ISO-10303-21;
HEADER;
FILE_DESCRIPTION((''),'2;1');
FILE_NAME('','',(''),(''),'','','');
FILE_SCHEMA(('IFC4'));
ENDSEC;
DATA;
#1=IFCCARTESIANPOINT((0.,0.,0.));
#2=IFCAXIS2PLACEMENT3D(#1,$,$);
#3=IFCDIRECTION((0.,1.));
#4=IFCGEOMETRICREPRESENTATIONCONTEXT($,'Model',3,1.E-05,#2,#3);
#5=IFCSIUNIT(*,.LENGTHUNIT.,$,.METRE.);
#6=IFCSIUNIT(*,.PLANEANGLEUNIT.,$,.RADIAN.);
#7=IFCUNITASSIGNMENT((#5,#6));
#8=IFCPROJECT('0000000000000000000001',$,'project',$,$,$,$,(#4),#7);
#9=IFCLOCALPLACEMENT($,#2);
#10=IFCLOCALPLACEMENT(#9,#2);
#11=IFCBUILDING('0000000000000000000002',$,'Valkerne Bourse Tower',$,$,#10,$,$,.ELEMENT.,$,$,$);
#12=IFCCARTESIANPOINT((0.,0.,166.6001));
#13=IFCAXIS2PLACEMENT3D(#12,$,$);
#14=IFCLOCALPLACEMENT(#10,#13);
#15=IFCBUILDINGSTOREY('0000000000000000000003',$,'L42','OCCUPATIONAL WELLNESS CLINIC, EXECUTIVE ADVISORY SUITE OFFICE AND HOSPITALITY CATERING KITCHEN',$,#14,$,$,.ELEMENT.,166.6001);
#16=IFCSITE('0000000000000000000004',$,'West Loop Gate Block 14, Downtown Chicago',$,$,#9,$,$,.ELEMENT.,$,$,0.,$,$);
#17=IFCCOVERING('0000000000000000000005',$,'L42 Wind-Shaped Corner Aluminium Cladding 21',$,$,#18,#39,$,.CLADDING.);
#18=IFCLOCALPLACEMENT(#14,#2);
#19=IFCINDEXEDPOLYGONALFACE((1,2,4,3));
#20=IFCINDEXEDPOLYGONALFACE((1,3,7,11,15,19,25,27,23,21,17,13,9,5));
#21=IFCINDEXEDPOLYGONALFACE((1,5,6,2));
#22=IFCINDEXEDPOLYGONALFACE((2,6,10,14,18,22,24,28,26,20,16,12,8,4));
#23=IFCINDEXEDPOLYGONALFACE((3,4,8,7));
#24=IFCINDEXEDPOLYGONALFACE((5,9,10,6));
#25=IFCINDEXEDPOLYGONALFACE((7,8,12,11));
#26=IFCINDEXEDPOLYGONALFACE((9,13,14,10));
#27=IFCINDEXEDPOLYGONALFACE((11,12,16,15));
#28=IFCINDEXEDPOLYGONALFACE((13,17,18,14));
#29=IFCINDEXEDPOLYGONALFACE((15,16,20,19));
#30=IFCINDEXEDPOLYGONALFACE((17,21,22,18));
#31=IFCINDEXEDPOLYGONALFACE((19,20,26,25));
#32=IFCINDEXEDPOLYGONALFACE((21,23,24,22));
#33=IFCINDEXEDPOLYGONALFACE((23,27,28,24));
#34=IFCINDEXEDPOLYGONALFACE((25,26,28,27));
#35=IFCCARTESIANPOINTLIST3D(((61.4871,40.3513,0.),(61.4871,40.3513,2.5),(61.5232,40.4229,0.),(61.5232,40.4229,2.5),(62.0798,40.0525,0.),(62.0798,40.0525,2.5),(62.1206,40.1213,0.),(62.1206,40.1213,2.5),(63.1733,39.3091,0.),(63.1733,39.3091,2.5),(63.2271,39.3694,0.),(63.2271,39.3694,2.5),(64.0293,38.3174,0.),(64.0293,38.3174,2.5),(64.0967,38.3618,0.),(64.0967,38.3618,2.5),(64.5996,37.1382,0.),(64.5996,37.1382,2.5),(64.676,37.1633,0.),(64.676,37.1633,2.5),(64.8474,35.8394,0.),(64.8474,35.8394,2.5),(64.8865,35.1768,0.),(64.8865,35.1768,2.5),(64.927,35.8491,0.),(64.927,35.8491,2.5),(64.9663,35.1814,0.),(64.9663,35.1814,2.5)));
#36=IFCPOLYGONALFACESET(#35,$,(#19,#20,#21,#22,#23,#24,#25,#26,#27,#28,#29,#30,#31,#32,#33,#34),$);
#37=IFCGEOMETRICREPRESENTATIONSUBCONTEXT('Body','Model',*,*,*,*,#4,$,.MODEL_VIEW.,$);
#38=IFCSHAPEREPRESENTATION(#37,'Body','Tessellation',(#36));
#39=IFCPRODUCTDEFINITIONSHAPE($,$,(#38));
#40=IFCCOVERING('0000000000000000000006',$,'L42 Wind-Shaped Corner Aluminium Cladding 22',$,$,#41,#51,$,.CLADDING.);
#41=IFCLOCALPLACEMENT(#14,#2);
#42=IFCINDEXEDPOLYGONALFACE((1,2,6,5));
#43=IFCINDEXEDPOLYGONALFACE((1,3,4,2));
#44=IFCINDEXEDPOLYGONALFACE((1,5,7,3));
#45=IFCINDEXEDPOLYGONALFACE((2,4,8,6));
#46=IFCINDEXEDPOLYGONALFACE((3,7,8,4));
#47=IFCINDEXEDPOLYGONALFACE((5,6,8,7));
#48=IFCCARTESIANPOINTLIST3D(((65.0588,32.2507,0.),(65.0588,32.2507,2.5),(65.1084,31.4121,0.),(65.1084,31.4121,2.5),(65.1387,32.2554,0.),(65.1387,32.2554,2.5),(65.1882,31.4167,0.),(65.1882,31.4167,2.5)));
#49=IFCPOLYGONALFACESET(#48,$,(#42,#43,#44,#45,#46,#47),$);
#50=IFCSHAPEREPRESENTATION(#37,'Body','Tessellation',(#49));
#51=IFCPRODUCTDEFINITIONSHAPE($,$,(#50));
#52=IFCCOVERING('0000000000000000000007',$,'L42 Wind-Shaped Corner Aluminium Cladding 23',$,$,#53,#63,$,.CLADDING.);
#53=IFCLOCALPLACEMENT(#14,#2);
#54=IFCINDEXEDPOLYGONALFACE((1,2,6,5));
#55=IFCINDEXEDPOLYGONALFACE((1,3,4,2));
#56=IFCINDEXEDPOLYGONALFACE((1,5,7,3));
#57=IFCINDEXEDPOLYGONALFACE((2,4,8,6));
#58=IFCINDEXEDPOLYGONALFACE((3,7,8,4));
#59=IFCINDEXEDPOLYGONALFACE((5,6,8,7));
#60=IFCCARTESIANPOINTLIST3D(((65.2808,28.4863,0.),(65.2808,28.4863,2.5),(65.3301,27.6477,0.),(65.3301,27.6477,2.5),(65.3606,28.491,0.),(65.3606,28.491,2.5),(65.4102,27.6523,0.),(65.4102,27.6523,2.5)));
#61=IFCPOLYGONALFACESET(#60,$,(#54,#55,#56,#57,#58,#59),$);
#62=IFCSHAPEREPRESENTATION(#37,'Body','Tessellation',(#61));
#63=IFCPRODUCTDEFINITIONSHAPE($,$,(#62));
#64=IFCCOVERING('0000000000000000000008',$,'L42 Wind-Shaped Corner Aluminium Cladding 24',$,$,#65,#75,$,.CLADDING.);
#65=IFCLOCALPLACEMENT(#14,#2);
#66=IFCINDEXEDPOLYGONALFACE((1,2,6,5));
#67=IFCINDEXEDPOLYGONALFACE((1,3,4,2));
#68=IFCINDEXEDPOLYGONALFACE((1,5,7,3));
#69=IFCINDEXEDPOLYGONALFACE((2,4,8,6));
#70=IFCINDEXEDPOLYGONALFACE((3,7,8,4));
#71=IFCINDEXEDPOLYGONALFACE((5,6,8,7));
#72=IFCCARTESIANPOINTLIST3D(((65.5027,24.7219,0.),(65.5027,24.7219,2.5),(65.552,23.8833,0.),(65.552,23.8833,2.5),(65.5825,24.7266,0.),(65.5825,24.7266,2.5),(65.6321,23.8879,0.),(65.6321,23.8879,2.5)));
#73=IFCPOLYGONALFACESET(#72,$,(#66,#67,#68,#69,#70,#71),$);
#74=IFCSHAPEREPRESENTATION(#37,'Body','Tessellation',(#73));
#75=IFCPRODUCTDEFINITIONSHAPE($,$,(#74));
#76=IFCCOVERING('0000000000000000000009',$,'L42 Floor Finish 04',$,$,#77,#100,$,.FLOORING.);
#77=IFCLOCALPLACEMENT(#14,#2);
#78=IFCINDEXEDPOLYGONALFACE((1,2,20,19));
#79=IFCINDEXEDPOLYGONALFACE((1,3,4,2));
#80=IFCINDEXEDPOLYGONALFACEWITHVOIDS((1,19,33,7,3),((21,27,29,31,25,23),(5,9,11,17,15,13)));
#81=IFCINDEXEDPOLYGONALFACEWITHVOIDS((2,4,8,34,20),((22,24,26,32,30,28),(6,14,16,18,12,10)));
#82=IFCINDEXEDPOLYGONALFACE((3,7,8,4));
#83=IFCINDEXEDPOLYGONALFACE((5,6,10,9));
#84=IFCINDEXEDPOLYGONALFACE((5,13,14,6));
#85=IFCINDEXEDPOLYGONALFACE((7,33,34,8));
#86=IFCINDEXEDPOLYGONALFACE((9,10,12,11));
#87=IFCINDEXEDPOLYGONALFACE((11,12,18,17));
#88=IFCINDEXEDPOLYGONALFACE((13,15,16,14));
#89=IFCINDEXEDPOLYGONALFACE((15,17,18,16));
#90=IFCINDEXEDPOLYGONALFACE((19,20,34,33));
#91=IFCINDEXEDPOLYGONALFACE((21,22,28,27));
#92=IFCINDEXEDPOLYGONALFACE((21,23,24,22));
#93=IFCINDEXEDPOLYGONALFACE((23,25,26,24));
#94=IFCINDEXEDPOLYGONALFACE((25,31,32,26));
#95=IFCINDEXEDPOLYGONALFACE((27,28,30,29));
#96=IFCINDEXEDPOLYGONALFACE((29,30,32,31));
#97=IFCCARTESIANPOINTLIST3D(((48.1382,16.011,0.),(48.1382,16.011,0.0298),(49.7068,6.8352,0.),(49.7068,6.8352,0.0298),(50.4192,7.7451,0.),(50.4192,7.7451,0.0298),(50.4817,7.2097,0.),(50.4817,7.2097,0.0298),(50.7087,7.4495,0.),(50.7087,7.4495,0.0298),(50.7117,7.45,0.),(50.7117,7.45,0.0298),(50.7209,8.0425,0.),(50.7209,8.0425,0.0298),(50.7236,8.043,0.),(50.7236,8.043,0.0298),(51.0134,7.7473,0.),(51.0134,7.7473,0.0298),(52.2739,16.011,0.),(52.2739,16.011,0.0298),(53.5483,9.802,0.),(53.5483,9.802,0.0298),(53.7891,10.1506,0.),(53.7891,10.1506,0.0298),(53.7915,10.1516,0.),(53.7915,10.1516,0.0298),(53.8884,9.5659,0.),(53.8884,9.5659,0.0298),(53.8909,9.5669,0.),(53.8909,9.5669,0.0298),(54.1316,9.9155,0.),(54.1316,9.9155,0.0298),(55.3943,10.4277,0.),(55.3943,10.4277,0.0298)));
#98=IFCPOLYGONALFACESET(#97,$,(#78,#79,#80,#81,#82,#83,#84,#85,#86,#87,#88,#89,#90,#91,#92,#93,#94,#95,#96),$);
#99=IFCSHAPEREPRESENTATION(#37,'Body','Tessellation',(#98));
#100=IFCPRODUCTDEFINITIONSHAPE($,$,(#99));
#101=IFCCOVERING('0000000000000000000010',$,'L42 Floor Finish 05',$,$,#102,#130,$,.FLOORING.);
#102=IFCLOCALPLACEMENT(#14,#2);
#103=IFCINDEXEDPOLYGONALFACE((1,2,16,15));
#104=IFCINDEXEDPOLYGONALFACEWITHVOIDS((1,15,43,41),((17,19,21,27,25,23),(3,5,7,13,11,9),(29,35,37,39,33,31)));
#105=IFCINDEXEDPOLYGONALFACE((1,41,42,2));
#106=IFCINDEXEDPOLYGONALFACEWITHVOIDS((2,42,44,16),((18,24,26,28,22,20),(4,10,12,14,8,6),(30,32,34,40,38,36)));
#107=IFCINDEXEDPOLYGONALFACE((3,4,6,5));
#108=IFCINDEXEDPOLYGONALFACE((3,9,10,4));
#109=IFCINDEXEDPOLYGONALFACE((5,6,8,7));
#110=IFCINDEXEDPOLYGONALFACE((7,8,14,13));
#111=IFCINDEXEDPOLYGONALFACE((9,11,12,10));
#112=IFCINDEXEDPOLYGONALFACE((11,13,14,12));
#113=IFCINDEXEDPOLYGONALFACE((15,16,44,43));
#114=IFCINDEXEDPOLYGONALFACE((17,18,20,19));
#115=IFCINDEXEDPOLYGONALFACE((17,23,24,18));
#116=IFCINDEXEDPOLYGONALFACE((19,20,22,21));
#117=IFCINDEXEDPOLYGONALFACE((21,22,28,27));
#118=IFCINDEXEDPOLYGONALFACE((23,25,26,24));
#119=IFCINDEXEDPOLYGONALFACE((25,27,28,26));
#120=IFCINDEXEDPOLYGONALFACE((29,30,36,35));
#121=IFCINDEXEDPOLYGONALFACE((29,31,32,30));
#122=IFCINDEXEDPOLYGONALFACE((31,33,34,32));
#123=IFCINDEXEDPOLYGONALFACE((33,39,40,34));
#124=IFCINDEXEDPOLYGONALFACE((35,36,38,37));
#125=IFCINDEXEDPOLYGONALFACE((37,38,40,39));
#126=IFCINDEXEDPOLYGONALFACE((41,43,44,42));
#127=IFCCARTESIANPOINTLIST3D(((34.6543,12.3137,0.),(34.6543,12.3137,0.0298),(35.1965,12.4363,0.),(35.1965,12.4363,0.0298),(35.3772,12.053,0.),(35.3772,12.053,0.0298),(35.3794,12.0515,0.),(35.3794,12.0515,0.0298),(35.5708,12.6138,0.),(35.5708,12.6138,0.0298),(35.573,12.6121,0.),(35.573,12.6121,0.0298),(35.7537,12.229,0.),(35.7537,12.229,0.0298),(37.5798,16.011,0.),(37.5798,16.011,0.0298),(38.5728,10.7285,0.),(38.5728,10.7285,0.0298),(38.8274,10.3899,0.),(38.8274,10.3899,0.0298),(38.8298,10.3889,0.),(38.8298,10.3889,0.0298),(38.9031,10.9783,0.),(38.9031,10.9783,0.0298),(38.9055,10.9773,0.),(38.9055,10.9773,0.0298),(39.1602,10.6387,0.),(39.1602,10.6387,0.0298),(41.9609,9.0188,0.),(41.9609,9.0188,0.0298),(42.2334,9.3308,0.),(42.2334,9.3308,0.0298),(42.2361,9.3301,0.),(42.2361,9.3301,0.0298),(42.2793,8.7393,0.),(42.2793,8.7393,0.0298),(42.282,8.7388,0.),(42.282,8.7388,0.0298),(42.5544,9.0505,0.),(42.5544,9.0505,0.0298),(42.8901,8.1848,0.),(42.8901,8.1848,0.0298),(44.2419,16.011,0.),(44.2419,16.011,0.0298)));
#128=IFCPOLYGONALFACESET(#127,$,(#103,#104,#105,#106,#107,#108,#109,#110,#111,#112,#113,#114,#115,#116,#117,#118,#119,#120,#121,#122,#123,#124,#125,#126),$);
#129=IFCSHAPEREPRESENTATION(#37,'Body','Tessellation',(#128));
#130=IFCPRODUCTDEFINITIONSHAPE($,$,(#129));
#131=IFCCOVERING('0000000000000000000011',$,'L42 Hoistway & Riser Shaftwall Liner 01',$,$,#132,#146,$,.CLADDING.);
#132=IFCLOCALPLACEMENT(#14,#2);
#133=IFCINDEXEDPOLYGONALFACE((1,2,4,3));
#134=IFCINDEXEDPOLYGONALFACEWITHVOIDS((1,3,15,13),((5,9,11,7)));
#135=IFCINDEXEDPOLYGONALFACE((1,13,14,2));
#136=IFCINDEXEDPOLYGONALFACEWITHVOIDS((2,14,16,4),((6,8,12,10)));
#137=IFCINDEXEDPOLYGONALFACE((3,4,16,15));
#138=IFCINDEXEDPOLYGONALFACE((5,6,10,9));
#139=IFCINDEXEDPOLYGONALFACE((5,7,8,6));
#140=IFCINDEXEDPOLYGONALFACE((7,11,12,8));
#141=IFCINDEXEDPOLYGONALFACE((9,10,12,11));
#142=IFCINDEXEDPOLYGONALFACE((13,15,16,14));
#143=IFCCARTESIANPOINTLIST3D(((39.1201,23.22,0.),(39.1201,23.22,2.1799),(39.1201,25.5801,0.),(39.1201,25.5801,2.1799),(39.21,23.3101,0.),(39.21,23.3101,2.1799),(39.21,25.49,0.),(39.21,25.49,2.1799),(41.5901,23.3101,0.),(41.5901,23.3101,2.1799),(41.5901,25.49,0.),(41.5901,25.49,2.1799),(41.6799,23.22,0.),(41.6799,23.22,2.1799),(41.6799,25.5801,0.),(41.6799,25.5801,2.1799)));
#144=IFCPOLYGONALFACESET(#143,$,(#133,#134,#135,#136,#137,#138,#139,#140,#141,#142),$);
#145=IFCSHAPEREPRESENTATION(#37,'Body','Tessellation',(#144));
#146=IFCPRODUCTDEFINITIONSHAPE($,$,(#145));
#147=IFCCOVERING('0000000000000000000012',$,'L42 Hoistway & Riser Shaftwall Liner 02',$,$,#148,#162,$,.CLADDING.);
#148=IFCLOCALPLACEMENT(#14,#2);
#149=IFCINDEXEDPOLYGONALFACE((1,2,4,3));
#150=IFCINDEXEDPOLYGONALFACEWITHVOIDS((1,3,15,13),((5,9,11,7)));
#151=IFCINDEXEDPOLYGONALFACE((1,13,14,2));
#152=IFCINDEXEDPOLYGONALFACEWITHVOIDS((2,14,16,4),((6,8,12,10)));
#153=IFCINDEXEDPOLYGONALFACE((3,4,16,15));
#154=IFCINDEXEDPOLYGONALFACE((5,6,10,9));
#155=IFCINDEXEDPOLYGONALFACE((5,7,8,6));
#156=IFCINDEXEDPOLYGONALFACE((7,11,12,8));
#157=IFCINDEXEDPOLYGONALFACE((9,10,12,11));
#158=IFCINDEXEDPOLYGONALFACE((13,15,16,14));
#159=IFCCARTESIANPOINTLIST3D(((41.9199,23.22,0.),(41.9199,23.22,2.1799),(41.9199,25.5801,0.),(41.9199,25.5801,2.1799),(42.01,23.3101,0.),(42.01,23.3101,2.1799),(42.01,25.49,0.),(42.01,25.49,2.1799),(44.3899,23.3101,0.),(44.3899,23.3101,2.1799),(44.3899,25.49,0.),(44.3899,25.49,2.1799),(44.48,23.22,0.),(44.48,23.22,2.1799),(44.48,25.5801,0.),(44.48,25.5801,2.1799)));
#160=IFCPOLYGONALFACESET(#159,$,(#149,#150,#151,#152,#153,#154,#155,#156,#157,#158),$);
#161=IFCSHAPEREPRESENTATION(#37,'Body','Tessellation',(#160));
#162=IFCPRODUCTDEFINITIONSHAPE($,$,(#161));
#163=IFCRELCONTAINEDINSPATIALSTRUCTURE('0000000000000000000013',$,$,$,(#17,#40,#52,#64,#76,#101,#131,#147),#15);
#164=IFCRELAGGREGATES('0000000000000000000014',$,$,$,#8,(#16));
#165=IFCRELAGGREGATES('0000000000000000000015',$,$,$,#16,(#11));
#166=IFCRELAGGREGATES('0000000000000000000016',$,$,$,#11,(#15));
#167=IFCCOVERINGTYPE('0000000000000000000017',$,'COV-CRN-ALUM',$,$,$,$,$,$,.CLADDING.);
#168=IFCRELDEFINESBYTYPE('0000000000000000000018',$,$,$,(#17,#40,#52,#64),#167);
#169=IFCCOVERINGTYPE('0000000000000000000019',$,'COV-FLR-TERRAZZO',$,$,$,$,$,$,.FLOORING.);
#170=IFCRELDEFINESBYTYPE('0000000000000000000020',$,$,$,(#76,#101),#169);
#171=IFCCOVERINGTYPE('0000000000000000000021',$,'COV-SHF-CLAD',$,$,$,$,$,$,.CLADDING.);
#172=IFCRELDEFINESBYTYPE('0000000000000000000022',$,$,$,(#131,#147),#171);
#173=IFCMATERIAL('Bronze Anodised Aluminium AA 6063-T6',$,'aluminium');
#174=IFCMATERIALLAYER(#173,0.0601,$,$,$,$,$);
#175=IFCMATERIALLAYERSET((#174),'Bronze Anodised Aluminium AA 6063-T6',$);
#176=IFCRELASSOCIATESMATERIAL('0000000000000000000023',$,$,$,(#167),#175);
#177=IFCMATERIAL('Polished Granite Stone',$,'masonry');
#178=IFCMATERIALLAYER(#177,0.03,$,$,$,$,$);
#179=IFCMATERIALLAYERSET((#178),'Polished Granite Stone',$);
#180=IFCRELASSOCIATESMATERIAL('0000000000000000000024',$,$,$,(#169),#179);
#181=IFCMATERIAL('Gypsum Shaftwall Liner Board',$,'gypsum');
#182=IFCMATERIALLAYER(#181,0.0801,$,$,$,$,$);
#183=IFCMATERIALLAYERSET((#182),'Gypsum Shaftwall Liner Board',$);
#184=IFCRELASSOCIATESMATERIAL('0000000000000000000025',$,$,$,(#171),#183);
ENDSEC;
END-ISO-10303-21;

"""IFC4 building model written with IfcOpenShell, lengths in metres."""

from ifc_helpers import new_model, si_unit, direction, frame, origin, place, context, subcontext, project, spatial, polyline, outline, extrude, material, layer, layer_set, type_object, element, save


model = new_model("IFC4")

# Units and contexts
model_context = context("Model", 3, precision=1e-05, world=origin(), true_north=direction((0.0, 1.0)))
body_context = subcontext(model_context, "Body", "Model", "MODEL_VIEW")
ifc_project = project(units=[si_unit("LENGTHUNIT", "METRE"), si_unit("PLANEANGLEUNIT", "RADIAN")], contexts=[model_context])

# Site, building, storey
site_placement = place(None, origin())
site = spatial("IfcSite", under=ifc_project, at=site_placement, Name="West Loop Gate Block 14, Downtown Chicago", CompositionType="ELEMENT", RefElevation=0.0)
building_placement = place(site_placement, origin())
building = spatial("IfcBuilding", under=site, at=building_placement, Name="Valkerne Bourse Tower", CompositionType="ELEMENT")
storey_placement = place(building_placement, frame((0.0, 0.0, 166.6001)))
storey = spatial("IfcBuildingStorey", under=building, at=storey_placement, Name="L42", Description="OCCUPATIONAL WELLNESS CLINIC, EXECUTIVE ADVISORY SUITE OFFICE AND HOSPITALITY CATERING KITCHEN", CompositionType="ELEMENT", Elevation=166.6001)

# Coverings
ifc_material_1 = material(Name="Bronze Anodised Aluminium AA 6063-T6", Category="aluminium")
ifc_layer_1 = layer(ifc_material_1, 0.0601)
ifc_layer_set_1 = layer_set([ifc_layer_1], Name="Bronze Anodised Aluminium AA 6063-T6")
covering_type_1 = type_object("IfcCoveringType", Name="COV-CRN-ALUM", PredefinedType="CLADDING", material=ifc_layer_set_1)
covering_1_placement = place(storey_placement, origin())
element("IfcCovering", 1, at=covering_1_placement, inside=storey, type_object=covering_type_1, Name="L42 Wind-Shaped Corner Aluminium Cladding 21", PredefinedType="CLADDING", context=body_context, shape_type="SweptSolid", body=[
    extrude(outline(polyline([(62.1206, 40.1213), (63.2271, 39.3694), (64.0967, 38.3618), (64.676, 37.1633), (64.927, 35.8491), (64.9663, 35.1814), (64.8865, 35.1768), (64.8474, 35.8394), (64.5996, 37.1382), (64.0293, 38.3174), (63.1733, 39.3091), (62.0798, 40.0525), (61.4871, 40.3513), (61.5232, 40.4229), (62.1206, 40.1213)])), origin(), (0.0, 0.0, 1.0), 2.5),
])
covering_2_placement = place(storey_placement, origin())
element("IfcCovering", 2, at=covering_2_placement, inside=storey, type_object=covering_type_1, Name="L42 Wind-Shaped Corner Aluminium Cladding 22", PredefinedType="CLADDING", context=body_context, shape_type="SweptSolid", body=[
    extrude(outline(polyline([(65.1882, 31.4167), (65.1084, 31.4121), (65.0588, 32.2507), (65.1387, 32.2554), (65.1882, 31.4167)])), origin(), (0.0, 0.0, 1.0), 2.5),
])
covering_3_placement = place(storey_placement, origin())
element("IfcCovering", 3, at=covering_3_placement, inside=storey, type_object=covering_type_1, Name="L42 Wind-Shaped Corner Aluminium Cladding 23", PredefinedType="CLADDING", context=body_context, shape_type="SweptSolid", body=[
    extrude(outline(polyline([(65.4102, 27.6523), (65.3301, 27.6477), (65.2808, 28.4863), (65.3606, 28.491), (65.4102, 27.6523)])), origin(), (0.0, 0.0, 1.0), 2.5),
])
covering_4_placement = place(storey_placement, origin())
element("IfcCovering", 4, at=covering_4_placement, inside=storey, type_object=covering_type_1, Name="L42 Wind-Shaped Corner Aluminium Cladding 24", PredefinedType="CLADDING", context=body_context, shape_type="SweptSolid", body=[
    extrude(outline(polyline([(65.6321, 23.8879), (65.552, 23.8833), (65.5027, 24.7219), (65.5825, 24.7266), (65.6321, 23.8879)])), origin(), (0.0, 0.0, 1.0), 2.5),
])
ifc_material_2 = material(Name="Polished Granite Stone", Category="masonry")
ifc_layer_2 = layer(ifc_material_2, 0.03)
ifc_layer_set_2 = layer_set([ifc_layer_2], Name="Polished Granite Stone")
covering_type_2 = type_object("IfcCoveringType", Name="COV-FLR-TERRAZZO", PredefinedType="FLOORING", material=ifc_layer_set_2)
covering_5_placement = place(storey_placement, origin())
element("IfcCovering", 5, at=covering_5_placement, inside=storey, type_object=covering_type_2, Name="L42 Floor Finish 04", PredefinedType="FLOORING", context=body_context, shape_type="SweptSolid", body=[
    extrude(outline(polyline([(48.1382, 16.011), (52.2739, 16.011), (55.3943, 10.4277), (50.4817, 7.2097), (49.7068, 6.8352), (48.1382, 16.011)]), holes=[polyline([(51.0134, 7.7473), (50.7236, 8.043), (50.7209, 8.0425), (50.4192, 7.7451), (50.7087, 7.4495), (50.7117, 7.45), (51.0134, 7.7473)]), polyline([(54.1316, 9.9155), (53.7915, 10.1516), (53.7891, 10.1506), (53.5483, 9.802), (53.8884, 9.5659), (53.8909, 9.5669), (54.1316, 9.9155)])]), origin(), (0.0, 0.0, 1.0), 0.0298),
])
covering_6_placement = place(storey_placement, origin())
element("IfcCovering", 6, at=covering_6_placement, inside=storey, type_object=covering_type_2, Name="L42 Floor Finish 05", PredefinedType="FLOORING", context=body_context, shape_type="SweptSolid", body=[
    extrude(outline(polyline([(44.2419, 16.011), (42.8901, 8.1848), (34.6543, 12.3137), (37.5798, 16.011), (44.2419, 16.011)]), holes=[polyline([(35.573, 12.6121), (35.5708, 12.6138), (35.1965, 12.4363), (35.3772, 12.053), (35.3794, 12.0515), (35.7537, 12.229), (35.573, 12.6121)]), polyline([(42.2361, 9.3301), (42.2334, 9.3308), (41.9609, 9.0188), (42.2793, 8.7393), (42.282, 8.7388), (42.5544, 9.0505), (42.2361, 9.3301)]), polyline([(39.1602, 10.6387), (38.9055, 10.9773), (38.9031, 10.9783), (38.5728, 10.7285), (38.8274, 10.3899), (38.8298, 10.3889), (39.1602, 10.6387)])]), origin(), (0.0, 0.0, 1.0), 0.0298),
])
ifc_material_3 = material(Name="Gypsum Shaftwall Liner Board", Category="gypsum")
ifc_layer_3 = layer(ifc_material_3, 0.0801)
ifc_layer_set_3 = layer_set([ifc_layer_3], Name="Gypsum Shaftwall Liner Board")
covering_type_3 = type_object("IfcCoveringType", Name="COV-SHF-CLAD", PredefinedType="CLADDING", material=ifc_layer_set_3)
covering_7_placement = place(storey_placement, origin())
element("IfcCovering", 7, at=covering_7_placement, inside=storey, type_object=covering_type_3, Name="L42 Hoistway & Riser Shaftwall Liner 01", PredefinedType="CLADDING", context=body_context, shape_type="SweptSolid", body=[
    extrude(outline(polyline([(41.6799, 25.5801), (41.6799, 23.22), (39.1201, 23.22), (39.1201, 25.5801), (41.6799, 25.5801)]), holes=[polyline([(41.5901, 25.49), (39.21, 25.49), (39.21, 23.3101), (41.5901, 23.3101), (41.5901, 25.49)])]), origin(), (0.0, 0.0, 1.0), 2.1799),
])
covering_8_placement = place(storey_placement, origin())
element("IfcCovering", 8, at=covering_8_placement, inside=storey, type_object=covering_type_3, Name="L42 Hoistway & Riser Shaftwall Liner 02", PredefinedType="CLADDING", context=body_context, shape_type="SweptSolid", body=[
    extrude(outline(polyline([(44.48, 23.22), (41.9199, 23.22), (41.9199, 25.5801), (44.48, 25.5801), (44.48, 23.22)]), holes=[polyline([(42.01, 25.49), (42.01, 23.3101), (44.3899, 23.3101), (44.3899, 25.49), (42.01, 25.49)])]), origin(), (0.0, 0.0, 1.0), 2.1799),
])

save(model, "model.ifc")
